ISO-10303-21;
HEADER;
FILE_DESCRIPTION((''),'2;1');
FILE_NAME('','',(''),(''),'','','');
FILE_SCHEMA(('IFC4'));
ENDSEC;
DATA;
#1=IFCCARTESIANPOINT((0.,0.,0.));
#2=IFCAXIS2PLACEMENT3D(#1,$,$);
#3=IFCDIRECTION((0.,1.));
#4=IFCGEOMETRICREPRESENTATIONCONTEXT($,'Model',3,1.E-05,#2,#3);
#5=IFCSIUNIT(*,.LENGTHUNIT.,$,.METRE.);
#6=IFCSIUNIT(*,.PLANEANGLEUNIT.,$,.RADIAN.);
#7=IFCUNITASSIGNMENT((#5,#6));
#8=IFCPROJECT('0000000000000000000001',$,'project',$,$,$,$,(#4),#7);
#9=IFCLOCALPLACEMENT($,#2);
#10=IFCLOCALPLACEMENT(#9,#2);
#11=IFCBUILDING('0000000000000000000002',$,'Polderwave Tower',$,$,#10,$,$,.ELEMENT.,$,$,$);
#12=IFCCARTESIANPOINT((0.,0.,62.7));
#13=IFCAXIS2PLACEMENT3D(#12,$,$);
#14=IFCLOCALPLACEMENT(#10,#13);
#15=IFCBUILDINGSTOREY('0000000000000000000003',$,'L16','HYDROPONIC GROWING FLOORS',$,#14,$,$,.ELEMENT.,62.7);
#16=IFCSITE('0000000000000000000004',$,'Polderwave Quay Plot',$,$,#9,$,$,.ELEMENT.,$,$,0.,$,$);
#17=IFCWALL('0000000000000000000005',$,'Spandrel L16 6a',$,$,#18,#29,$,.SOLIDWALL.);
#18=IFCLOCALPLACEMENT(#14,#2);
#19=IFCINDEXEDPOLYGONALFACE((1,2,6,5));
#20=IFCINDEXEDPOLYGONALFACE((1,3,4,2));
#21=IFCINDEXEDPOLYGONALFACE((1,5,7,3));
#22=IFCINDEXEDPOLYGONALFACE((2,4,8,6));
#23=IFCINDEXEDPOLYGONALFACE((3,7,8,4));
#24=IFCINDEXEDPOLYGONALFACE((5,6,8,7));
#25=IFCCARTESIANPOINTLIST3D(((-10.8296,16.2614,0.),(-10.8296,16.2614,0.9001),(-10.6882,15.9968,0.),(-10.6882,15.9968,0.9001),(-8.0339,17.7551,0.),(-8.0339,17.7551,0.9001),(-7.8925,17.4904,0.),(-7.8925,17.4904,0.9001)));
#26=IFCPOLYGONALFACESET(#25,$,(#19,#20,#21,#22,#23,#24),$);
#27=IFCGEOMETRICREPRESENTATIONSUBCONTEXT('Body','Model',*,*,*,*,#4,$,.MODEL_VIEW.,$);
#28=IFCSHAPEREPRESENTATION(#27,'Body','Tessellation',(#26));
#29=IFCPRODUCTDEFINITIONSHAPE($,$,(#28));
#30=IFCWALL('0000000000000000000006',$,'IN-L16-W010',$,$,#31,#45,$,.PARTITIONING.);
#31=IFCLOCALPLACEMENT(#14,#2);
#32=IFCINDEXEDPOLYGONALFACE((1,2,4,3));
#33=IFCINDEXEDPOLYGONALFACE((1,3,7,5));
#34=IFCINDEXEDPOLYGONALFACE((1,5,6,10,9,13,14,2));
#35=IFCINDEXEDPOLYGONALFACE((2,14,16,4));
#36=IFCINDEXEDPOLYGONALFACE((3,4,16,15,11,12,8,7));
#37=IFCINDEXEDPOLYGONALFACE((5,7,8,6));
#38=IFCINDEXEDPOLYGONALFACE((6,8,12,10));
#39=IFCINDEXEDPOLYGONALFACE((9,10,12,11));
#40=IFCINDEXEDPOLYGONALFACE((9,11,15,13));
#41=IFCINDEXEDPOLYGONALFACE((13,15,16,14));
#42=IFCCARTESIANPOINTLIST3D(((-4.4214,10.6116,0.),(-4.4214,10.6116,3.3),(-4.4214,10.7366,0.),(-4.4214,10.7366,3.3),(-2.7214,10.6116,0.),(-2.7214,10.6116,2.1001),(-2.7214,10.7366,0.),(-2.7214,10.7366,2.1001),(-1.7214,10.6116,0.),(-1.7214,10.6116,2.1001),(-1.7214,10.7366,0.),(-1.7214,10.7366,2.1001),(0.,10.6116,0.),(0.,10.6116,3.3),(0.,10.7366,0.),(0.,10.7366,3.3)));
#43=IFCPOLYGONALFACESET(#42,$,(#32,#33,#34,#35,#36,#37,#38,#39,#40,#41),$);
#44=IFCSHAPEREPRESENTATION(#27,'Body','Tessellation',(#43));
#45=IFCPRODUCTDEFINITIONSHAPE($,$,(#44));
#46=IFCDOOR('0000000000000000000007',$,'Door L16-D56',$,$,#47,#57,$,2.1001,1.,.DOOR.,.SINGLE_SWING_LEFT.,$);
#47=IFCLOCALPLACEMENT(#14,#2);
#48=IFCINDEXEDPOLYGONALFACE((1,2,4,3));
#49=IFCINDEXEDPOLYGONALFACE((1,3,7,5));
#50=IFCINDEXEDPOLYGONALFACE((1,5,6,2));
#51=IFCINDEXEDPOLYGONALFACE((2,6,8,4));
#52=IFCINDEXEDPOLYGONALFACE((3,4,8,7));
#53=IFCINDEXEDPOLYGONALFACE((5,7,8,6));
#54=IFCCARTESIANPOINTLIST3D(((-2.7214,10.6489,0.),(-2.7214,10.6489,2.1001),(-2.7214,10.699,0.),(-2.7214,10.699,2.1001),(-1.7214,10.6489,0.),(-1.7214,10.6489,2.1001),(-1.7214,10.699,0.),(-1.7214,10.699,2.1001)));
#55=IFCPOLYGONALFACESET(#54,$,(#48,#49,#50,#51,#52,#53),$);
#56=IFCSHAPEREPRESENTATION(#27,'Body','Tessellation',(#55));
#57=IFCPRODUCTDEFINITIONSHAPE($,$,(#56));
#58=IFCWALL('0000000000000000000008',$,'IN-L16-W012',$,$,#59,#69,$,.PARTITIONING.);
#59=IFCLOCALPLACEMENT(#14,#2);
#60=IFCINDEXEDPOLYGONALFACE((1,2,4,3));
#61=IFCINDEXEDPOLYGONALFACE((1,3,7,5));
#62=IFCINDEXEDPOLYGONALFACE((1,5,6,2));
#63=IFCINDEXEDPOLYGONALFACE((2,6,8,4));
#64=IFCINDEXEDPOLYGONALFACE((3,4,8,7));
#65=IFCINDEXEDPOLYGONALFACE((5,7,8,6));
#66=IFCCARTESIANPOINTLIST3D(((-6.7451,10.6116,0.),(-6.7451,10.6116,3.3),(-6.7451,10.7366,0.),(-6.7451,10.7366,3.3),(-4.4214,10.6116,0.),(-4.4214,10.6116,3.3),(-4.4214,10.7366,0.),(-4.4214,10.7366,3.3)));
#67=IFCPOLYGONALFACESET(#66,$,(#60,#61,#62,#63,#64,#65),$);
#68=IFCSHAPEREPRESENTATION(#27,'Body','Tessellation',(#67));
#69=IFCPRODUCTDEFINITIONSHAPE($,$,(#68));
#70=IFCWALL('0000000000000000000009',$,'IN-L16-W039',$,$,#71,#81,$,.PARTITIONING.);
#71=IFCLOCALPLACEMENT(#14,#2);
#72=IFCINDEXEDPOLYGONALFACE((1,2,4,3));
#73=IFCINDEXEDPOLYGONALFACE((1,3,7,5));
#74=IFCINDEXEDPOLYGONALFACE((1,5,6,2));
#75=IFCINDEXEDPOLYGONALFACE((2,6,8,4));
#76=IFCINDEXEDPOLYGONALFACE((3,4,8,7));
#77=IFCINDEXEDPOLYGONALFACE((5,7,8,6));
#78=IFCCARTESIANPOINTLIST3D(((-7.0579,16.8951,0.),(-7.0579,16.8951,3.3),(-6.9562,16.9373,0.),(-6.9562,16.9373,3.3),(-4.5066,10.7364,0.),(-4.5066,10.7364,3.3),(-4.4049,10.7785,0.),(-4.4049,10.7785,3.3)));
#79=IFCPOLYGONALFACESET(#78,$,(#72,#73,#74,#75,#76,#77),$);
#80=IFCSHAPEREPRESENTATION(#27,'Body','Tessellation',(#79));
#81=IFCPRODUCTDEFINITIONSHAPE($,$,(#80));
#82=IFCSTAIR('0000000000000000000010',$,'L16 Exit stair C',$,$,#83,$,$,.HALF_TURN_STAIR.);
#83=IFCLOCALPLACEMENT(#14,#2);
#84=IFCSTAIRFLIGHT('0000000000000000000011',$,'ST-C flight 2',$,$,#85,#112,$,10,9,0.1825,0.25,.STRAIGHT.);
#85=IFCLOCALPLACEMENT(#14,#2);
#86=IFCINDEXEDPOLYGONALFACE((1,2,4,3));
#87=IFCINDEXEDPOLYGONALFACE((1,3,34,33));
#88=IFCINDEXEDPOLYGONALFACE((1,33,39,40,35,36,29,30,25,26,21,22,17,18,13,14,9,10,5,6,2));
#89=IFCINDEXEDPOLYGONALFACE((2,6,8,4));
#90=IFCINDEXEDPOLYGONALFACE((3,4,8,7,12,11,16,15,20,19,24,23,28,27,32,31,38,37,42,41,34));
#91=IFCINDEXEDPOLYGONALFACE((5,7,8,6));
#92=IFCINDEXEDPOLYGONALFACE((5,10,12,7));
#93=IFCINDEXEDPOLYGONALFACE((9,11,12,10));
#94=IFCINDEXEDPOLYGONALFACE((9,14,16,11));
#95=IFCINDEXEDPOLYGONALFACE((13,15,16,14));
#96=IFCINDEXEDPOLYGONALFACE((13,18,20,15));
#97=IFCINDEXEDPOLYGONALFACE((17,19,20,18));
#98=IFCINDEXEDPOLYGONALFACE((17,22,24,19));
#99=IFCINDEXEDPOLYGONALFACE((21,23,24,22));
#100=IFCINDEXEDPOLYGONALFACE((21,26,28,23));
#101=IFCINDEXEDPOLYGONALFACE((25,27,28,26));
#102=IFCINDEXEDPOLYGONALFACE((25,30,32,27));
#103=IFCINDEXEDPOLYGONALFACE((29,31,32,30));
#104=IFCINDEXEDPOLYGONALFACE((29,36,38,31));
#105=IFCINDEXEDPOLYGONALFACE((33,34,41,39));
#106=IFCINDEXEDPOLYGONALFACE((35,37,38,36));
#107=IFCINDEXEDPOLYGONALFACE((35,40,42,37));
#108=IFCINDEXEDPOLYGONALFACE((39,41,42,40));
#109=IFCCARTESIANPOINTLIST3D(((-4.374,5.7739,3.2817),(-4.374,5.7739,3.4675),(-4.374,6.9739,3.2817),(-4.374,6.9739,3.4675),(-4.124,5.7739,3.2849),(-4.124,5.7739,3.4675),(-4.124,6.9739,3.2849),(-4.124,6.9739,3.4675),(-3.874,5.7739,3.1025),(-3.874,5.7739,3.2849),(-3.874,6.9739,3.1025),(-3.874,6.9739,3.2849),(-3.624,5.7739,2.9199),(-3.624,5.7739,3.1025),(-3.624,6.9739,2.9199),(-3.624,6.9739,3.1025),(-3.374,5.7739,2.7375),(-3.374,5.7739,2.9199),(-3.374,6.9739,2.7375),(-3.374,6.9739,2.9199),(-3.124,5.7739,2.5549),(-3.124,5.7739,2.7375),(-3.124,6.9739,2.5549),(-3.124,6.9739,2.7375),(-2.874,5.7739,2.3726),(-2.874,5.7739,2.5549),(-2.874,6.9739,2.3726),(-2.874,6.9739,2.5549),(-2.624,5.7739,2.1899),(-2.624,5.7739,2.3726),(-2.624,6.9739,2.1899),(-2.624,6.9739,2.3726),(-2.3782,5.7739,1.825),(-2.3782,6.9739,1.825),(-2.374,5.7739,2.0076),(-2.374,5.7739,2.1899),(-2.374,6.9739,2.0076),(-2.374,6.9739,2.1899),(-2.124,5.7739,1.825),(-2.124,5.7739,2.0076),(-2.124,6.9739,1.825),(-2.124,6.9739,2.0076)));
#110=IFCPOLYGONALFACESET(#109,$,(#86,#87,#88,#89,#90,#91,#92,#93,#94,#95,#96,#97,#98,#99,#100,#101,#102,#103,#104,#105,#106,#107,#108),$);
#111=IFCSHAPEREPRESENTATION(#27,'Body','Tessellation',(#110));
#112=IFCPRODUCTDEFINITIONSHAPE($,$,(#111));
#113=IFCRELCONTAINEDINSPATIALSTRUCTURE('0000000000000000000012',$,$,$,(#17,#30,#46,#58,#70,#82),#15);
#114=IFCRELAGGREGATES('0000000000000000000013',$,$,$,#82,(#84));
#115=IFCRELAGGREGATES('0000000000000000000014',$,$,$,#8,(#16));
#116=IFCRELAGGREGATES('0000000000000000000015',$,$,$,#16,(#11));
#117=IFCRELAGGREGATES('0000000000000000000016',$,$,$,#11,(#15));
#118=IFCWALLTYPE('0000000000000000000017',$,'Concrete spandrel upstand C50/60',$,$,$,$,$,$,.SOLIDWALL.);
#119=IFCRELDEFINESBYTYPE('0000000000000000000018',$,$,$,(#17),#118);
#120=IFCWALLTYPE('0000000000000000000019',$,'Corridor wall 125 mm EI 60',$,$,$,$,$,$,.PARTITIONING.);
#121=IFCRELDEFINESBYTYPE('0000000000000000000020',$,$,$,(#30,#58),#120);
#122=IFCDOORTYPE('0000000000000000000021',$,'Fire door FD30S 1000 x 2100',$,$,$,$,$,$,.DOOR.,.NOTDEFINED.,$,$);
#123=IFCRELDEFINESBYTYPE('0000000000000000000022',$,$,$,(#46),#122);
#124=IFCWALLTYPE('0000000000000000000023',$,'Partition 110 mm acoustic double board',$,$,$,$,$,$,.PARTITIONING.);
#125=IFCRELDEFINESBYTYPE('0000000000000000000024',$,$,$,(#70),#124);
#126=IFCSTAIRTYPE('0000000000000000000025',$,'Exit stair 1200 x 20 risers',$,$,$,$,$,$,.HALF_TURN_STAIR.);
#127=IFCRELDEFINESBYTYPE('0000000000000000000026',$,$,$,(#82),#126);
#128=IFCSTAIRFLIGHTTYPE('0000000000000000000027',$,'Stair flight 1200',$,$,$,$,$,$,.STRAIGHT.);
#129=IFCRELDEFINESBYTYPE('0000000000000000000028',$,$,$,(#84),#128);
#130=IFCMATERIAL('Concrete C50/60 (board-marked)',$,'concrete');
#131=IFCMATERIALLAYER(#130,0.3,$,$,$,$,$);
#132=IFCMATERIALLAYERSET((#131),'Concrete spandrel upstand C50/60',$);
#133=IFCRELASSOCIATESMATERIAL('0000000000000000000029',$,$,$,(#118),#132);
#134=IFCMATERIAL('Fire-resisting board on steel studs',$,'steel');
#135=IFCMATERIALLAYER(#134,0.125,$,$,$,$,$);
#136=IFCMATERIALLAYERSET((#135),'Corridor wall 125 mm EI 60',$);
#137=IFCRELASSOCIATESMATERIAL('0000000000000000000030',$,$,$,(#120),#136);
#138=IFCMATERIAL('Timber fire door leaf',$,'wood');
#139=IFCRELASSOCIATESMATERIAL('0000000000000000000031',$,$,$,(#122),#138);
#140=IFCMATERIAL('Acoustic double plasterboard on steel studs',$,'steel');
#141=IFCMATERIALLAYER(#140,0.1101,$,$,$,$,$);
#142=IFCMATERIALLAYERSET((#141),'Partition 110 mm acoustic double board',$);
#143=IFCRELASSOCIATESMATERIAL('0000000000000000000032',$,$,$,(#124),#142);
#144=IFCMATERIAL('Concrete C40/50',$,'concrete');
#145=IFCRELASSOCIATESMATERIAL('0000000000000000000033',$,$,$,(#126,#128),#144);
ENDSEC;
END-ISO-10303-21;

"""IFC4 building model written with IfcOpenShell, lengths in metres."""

from ifc_helpers import new_model, si_unit, direction, frame, frame_2d, origin, place, context, subcontext, project, spatial, polyline, rectangle, outline, extrude, material, layer, layer_set, type_object, element, fill, aggregate, save


model = new_model("IFC4")

# Units and contexts
model_context = context("Model", 3, precision=1e-05, world=origin(), true_north=direction((0.0, 1.0)))
body_context = subcontext(model_context, "Body", "Model", "MODEL_VIEW")
ifc_project = project(units=[si_unit("LENGTHUNIT", "METRE"), si_unit("PLANEANGLEUNIT", "RADIAN")], contexts=[model_context])

# Site, building, storey
site_placement = place(None, origin())
site = spatial("IfcSite", under=ifc_project, at=site_placement, Name="Polderwave Quay Plot", CompositionType="ELEMENT", RefElevation=0.0)
building_placement = place(site_placement, origin())
building = spatial("IfcBuilding", under=site, at=building_placement, Name="Polderwave Tower", CompositionType="ELEMENT")
storey_placement = place(building_placement, frame((0.0, 0.0, 62.7)))
storey = spatial("IfcBuildingStorey", under=building, at=storey_placement, Name="L16", Description="HYDROPONIC GROWING FLOORS", CompositionType="ELEMENT", Elevation=62.7)

# Wall
ifc_material_1 = material(Name="Concrete C50/60 (board-marked)", Category="concrete")
ifc_layer_1 = layer(ifc_material_1, 0.3)
ifc_layer_set_1 = layer_set([ifc_layer_1], Name="Concrete spandrel upstand C50/60")
wall_type_1 = type_object("IfcWallType", Name="Concrete spandrel upstand C50/60", PredefinedType="SOLIDWALL", material=ifc_layer_set_1)
wall_1_placement = place(storey_placement, frame((-7.9631, 17.6228, 0.0), z_axis=(0.0, 0.0, 1.0), x_axis=(-0.882007, -0.471236, 0.0)))
element("IfcWall", 1, at=wall_1_placement, inside=storey, type_object=wall_type_1, Name="Spandrel L16 6a", PredefinedType="SOLIDWALL", context=body_context, shape_type="SweptSolid", body=[
    extrude(rectangle(XDim=3.1697, YDim=0.3, at=frame_2d((1.585, 0.0))), origin(), (0.0, 0.0, 1.0), 0.9001),
])

# Wall, opening, door
ifc_material_2 = material(Name="Fire-resisting board on steel studs", Category="steel")
ifc_layer_2 = layer(ifc_material_2, 0.125)
ifc_layer_set_2 = layer_set([ifc_layer_2], Name="Corridor wall 125 mm EI 60")
wall_type_2 = type_object("IfcWallType", Name="Corridor wall 125 mm EI 60", PredefinedType="PARTITIONING", material=ifc_layer_set_2)
wall_2_placement = place(storey_placement, frame((-4.4214, 10.6741, 0.0), z_axis=(0.0, 0.0, 1.0), x_axis=(1.0, 0.0, 0.0)))
wall_2 = element("IfcWall", 2, at=wall_2_placement, inside=storey, type_object=wall_type_2, Name="IN-L16-W010", PredefinedType="PARTITIONING", context=body_context, shape_type="SweptSolid", body=[
    extrude(rectangle(XDim=4.4214, YDim=0.125, at=frame_2d((2.2107, 0.0))), origin(), (0.0, 0.0, 1.0), 3.3),
])
opening_placement = place(wall_2_placement, frame((1.7, 0.0, 0.0)))
opening = element("IfcOpeningElement", 3, at=opening_placement, cuts=wall_2, PredefinedType="OPENING", context=body_context, shape_type="SweptSolid", body=[
    extrude(rectangle(XDim=1.0, YDim=2.1001, at=frame_2d((0.5, 1.05))), frame((0.0, 0.0725, 0.0), z_axis=(0.0, -1.0, 0.0), x_axis=(1.0, 0.0, 0.0)), (0.0, 0.0, 1.0), 0.145),
])
ifc_material_3 = material(Name="Timber fire door leaf", Category="wood")
door_type = type_object("IfcDoorType", Name="Fire door FD30S 1000 x 2100", OperationType="NOTDEFINED", PredefinedType="DOOR", material=ifc_material_3)
door_placement = place(opening_placement, origin())
door = element("IfcDoor", 4, at=door_placement, inside=storey, type_object=door_type, Name="Door L16-D56", OperationType="SINGLE_SWING_LEFT", OverallHeight=2.1001, OverallWidth=1.0, PredefinedType="DOOR", context=body_context, shape_type="SweptSolid", body=[
    extrude(rectangle(XDim=1.0, YDim=2.1001, at=frame_2d((0.5, 1.05))), frame((0.0, 0.0249, 0.0), z_axis=(0.0, -1.0, 0.0), x_axis=(1.0, 0.0, 0.0)), (0.0, 0.0, 1.0), 0.05),
])
fill(opening, door)

# Walls
wall_3_placement = place(storey_placement, frame((-6.7451, 10.6741, 0.0), z_axis=(0.0, 0.0, 1.0), x_axis=(1.0, 0.0, 0.0)))
element("IfcWall", 5, at=wall_3_placement, inside=storey, type_object=wall_type_2, Name="IN-L16-W012", PredefinedType="PARTITIONING", context=body_context, shape_type="SweptSolid", body=[
    extrude(rectangle(XDim=2.3237, YDim=0.125, at=frame_2d((1.1619, 0.0))), origin(), (0.0, 0.0, 1.0), 3.3),
])
ifc_material_4 = material(Name="Acoustic double plasterboard on steel studs", Category="steel")
ifc_layer_3 = layer(ifc_material_4, 0.1101)
ifc_layer_set_3 = layer_set([ifc_layer_3], Name="Partition 110 mm acoustic double board")
wall_type_3 = type_object("IfcWallType", Name="Partition 110 mm acoustic double board", PredefinedType="PARTITIONING", material=ifc_layer_set_3)
wall_4_placement = place(storey_placement, frame((-4.4558, 10.7576, 0.0), z_axis=(0.0, 0.0, 1.0), x_axis=(-0.382716, 0.923866, 0.0)))
element("IfcWall", 6, at=wall_4_placement, inside=storey, type_object=wall_type_3, Name="IN-L16-W039", PredefinedType="PARTITIONING", context=body_context, shape_type="SweptSolid", body=[
    extrude(rectangle(XDim=6.6663, YDim=0.1101, at=frame_2d((3.333, 0.0))), origin(), (0.0, 0.0, 1.0), 3.3),
])

# Stair, stair flight
ifc_material_5 = material(Name="Concrete C40/50", Category="concrete")
stair_type = type_object("IfcStairType", Name="Exit stair 1200 x 20 risers", PredefinedType="HALF_TURN_STAIR", material=ifc_material_5)
stair_placement = place(storey_placement, origin())
stair = element("IfcStair", 7, at=stair_placement, inside=storey, type_object=stair_type, Name="L16 Exit stair C", PredefinedType="HALF_TURN_STAIR")
stair_flight_type = type_object("IfcStairFlightType", Name="Stair flight 1200", PredefinedType="STRAIGHT", material=ifc_material_5)
stair_flight_placement = place(storey_placement, frame((-2.124, 6.374, 1.825), z_axis=(0.0, 0.0, 1.0), x_axis=(-1.0, 0.0, 0.0)))
stair_flight = element("IfcStairFlight", 8, at=stair_flight_placement, type_object=stair_flight_type, Name="ST-C flight 2", NumberOfRisers=10, NumberOfTreads=9, PredefinedType="STRAIGHT", RiserHeight=0.1825, TreadLength=0.25, context=body_context, shape_type="SweptSolid", body=[
    extrude(outline(polyline([(0.0, 0.0), (0.0, 0.1826), (0.25, 0.1826), (0.25, 0.365), (0.5, 0.365), (0.5, 0.5476), (0.75, 0.5476), (0.75, 0.73), (1.0, 0.73), (1.0, 0.9126), (1.25, 0.9126), (1.25, 1.095), (1.5, 1.095), (1.5, 1.2776), (1.75, 1.2776), (1.75, 1.46), (2.0, 1.46), (2.0, 1.6426), (2.25, 1.6426), (2.25, 1.825), (2.25, 1.4568), (0.2542, 0.0), (0.0, 0.0)])), frame((0.0, 0.6001, 0.0), z_axis=(0.0, -1.0, 0.0), x_axis=(1.0, 0.0, 0.0)), (0.0, 0.0, 1.0), 1.2),
])
aggregate(stair, [stair_flight])

save(model, "model.ifc")
